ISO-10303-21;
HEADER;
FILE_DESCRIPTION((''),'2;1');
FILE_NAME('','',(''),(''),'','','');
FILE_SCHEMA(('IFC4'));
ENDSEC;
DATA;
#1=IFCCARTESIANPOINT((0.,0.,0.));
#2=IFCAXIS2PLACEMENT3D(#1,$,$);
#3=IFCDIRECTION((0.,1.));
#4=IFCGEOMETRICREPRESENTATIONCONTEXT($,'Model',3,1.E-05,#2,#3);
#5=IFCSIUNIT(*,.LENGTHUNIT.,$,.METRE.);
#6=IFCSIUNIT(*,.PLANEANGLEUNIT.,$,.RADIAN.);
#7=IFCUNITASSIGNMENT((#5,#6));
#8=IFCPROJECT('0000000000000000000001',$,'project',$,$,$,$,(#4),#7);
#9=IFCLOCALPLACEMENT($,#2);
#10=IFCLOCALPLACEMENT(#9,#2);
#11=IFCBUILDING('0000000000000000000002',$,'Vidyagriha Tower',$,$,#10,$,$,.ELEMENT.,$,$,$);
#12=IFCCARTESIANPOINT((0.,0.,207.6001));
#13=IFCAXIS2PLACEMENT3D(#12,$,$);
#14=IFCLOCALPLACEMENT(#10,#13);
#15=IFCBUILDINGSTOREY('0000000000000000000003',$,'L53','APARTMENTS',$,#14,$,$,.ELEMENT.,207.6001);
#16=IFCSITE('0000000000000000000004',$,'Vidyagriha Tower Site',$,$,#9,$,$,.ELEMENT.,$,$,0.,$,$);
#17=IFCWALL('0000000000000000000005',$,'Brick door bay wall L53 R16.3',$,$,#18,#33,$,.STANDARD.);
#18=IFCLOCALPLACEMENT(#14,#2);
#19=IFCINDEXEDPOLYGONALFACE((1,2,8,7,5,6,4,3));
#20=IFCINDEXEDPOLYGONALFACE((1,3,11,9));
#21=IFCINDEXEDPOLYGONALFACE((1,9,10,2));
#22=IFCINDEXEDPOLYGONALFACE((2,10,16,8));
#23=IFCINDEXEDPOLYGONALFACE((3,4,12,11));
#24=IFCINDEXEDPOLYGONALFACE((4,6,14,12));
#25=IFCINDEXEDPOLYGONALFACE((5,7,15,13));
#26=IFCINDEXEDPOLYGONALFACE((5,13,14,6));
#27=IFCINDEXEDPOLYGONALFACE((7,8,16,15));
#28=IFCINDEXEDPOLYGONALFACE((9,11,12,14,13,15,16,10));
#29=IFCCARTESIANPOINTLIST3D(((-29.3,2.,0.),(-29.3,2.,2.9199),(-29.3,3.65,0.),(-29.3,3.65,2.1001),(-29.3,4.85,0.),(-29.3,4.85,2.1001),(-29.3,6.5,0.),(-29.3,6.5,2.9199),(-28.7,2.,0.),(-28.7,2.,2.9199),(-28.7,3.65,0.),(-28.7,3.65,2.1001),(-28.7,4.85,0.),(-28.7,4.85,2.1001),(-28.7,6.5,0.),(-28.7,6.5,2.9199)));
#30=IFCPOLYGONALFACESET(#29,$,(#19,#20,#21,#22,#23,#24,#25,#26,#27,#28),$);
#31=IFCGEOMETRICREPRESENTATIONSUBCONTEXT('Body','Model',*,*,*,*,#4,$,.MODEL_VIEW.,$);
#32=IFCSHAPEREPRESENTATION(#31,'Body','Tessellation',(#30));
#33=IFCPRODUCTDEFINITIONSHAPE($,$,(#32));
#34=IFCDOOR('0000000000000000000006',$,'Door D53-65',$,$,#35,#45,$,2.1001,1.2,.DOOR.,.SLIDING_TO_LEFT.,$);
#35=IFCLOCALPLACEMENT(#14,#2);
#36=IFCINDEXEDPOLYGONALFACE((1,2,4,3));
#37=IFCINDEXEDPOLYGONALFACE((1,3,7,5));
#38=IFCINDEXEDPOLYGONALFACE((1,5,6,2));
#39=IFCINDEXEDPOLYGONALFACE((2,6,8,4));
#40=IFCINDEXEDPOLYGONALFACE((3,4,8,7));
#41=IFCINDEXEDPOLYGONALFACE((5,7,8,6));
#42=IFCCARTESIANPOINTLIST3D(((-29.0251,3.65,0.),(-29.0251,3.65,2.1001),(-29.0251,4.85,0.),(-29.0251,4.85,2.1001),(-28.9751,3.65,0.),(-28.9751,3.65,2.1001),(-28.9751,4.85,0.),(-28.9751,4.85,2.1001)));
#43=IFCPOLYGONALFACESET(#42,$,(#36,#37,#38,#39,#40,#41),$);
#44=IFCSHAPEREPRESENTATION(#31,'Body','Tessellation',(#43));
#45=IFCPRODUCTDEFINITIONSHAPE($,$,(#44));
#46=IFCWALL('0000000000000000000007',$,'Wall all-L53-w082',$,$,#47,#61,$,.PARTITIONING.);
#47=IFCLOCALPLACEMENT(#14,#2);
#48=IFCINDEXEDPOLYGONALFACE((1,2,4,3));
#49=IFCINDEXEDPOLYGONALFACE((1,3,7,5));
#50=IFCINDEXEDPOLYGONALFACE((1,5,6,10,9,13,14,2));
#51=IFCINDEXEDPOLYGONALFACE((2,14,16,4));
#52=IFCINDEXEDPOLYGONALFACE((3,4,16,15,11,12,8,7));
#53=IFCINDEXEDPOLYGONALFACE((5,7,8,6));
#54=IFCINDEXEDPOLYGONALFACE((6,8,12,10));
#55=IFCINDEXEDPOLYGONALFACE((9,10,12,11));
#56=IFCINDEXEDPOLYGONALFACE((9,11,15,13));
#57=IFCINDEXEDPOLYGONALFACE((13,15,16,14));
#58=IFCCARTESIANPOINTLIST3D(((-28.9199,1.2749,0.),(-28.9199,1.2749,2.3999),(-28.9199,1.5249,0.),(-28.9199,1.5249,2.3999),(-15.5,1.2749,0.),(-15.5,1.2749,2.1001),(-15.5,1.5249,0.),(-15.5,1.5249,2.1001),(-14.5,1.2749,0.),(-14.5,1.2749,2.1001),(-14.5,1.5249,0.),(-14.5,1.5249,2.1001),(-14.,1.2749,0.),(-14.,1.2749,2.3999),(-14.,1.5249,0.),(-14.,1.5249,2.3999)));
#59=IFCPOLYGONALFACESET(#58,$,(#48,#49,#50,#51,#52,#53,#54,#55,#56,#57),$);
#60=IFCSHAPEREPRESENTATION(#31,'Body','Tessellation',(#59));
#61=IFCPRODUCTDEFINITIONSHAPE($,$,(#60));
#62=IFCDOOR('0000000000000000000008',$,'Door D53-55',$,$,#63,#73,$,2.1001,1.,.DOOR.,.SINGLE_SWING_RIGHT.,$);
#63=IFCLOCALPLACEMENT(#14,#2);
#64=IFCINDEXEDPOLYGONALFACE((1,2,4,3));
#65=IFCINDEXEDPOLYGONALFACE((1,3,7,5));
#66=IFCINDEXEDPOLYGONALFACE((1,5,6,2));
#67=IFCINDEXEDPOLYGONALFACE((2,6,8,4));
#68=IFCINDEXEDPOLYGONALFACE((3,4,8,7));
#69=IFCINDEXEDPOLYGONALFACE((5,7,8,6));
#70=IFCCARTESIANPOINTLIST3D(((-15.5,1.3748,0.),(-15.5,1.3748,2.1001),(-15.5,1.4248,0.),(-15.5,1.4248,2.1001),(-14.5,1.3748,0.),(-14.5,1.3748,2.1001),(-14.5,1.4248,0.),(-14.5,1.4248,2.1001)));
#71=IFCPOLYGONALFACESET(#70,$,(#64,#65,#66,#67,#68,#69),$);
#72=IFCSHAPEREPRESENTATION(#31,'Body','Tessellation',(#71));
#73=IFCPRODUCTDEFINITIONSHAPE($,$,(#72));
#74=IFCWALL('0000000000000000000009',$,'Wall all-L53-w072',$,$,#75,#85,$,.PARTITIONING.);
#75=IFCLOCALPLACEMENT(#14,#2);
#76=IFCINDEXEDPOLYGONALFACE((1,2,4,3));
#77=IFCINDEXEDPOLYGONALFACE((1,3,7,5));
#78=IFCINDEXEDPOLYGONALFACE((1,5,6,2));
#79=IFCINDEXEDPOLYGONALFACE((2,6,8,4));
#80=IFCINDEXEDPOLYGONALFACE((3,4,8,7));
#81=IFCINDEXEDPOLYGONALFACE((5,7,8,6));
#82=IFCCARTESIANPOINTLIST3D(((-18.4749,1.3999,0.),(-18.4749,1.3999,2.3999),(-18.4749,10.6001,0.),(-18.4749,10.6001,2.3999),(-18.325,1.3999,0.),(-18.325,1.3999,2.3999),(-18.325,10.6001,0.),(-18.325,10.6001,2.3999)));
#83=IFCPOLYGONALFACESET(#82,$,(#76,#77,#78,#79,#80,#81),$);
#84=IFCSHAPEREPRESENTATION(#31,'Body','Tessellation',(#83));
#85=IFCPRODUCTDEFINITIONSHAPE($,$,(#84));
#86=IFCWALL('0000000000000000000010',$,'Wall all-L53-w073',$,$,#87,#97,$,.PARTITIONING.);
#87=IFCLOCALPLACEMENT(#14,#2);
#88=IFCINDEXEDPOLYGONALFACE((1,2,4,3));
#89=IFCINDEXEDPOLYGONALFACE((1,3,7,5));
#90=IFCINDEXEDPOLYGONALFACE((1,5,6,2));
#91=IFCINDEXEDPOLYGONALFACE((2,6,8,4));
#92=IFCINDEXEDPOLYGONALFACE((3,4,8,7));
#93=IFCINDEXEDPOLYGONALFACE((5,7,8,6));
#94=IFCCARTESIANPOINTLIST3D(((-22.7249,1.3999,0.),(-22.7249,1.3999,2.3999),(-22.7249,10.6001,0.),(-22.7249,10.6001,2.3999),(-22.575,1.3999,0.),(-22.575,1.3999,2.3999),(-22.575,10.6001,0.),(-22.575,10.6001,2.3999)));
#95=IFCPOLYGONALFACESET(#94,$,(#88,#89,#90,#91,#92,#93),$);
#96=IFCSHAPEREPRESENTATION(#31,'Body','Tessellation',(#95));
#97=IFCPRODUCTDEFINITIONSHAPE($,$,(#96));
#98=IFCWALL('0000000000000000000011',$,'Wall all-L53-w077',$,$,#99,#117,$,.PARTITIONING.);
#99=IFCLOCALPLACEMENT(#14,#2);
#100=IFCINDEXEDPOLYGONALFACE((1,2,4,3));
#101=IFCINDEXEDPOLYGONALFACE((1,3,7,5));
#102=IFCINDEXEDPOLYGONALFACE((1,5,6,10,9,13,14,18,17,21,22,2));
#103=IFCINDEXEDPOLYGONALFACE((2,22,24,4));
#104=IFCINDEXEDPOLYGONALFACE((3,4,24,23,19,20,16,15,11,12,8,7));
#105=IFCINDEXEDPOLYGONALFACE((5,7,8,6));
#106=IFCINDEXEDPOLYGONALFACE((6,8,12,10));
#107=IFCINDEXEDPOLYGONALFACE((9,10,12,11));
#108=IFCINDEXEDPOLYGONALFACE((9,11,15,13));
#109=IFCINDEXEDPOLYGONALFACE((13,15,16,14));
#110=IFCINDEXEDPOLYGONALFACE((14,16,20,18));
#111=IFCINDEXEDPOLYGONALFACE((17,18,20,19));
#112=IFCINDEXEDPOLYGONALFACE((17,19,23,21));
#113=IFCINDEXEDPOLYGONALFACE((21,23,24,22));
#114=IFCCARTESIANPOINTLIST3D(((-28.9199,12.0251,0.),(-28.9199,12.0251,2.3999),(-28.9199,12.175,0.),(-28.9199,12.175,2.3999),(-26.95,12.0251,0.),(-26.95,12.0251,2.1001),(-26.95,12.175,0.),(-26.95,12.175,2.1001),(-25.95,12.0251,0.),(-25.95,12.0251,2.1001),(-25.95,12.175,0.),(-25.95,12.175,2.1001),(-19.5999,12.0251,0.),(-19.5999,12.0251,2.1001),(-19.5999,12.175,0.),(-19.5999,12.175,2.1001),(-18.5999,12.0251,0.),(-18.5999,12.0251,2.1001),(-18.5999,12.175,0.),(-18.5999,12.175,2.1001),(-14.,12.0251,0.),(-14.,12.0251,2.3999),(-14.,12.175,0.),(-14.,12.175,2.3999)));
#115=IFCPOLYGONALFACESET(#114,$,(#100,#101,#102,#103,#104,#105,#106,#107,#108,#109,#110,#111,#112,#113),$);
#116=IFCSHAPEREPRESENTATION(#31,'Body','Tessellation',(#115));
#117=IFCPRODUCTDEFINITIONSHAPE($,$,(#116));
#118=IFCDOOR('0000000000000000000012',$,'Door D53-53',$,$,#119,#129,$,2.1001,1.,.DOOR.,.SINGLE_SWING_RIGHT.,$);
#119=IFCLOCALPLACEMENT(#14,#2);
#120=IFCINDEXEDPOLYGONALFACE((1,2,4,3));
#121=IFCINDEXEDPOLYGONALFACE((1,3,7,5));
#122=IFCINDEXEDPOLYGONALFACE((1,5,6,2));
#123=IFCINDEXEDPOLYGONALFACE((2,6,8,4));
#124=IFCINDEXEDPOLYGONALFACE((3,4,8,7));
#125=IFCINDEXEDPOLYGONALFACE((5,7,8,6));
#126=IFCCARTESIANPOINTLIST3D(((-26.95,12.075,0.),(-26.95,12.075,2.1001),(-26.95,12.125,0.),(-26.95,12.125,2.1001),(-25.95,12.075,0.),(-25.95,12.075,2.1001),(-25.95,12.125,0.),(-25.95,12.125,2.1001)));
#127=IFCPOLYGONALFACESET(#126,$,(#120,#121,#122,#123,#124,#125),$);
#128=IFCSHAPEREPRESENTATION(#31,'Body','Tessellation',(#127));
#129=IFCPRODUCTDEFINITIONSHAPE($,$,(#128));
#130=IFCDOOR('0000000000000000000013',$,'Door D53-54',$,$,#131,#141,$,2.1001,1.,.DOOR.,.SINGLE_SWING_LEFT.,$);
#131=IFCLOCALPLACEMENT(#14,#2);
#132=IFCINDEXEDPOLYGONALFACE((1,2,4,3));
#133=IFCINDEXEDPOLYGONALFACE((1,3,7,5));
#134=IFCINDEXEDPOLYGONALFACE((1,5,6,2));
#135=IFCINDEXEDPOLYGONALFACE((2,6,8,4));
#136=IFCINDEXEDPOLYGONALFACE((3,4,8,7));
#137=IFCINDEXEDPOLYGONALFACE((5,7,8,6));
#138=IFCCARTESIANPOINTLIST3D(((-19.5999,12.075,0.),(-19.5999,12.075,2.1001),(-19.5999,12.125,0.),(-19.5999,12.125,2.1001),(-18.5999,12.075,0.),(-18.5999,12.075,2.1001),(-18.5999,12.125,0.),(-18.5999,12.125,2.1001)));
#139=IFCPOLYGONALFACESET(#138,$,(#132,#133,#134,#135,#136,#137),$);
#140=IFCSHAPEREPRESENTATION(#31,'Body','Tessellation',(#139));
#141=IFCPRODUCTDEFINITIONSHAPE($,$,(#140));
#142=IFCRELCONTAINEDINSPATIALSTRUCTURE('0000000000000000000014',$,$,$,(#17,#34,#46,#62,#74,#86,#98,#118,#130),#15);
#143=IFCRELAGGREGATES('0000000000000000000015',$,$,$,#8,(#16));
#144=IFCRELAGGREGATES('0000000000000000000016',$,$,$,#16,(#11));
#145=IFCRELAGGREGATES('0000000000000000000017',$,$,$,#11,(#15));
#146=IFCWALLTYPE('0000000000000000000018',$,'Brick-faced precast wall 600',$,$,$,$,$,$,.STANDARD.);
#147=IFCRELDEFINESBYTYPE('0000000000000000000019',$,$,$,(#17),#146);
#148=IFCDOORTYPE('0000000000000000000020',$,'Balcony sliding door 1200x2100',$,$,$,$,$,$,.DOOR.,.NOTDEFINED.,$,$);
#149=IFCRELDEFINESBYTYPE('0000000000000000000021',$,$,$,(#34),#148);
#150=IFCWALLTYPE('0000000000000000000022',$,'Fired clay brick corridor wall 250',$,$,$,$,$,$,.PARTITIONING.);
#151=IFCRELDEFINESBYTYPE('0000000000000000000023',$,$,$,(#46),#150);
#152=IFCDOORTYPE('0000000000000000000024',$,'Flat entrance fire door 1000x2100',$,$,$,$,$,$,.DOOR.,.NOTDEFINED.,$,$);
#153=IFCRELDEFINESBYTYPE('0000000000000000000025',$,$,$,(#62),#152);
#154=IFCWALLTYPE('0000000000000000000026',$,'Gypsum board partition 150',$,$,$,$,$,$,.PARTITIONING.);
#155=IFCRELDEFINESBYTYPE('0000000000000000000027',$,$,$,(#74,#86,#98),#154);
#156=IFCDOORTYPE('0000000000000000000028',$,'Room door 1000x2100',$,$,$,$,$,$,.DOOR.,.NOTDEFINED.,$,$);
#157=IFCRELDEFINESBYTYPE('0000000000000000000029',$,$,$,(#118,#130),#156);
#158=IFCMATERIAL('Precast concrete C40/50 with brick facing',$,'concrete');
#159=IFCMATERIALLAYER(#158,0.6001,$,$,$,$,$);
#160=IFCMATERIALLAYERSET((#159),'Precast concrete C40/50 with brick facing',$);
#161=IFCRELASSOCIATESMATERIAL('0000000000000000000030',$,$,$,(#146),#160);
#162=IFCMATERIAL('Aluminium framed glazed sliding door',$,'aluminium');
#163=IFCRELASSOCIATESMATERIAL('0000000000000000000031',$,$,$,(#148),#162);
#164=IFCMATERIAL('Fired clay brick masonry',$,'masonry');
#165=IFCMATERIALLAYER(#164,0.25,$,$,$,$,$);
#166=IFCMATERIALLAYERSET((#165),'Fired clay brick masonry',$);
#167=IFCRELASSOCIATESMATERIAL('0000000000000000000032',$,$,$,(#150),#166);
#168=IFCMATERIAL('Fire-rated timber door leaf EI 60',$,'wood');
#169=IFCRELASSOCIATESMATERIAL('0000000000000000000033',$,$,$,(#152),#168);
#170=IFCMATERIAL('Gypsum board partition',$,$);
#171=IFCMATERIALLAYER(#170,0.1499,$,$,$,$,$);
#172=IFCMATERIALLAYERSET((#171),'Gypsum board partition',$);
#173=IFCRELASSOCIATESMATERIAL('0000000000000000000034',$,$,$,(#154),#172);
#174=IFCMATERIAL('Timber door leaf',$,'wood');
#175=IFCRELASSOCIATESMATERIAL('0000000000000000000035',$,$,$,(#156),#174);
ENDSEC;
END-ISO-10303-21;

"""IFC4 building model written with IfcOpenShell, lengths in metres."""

from ifc_helpers import new_model, si_unit, direction, frame, frame_2d, origin, place, context, subcontext, project, spatial, rectangle, extrude, material, layer, layer_set, type_object, element, fill, save


model = new_model("IFC4")

# Units and contexts
model_context = context("Model", 3, precision=1e-05, world=origin(), true_north=direction((0.0, 1.0)))
body_context = subcontext(model_context, "Body", "Model", "MODEL_VIEW")
ifc_project = project(units=[si_unit("LENGTHUNIT", "METRE"), si_unit("PLANEANGLEUNIT", "RADIAN")], contexts=[model_context])

# Site, building, storey
site_placement = place(None, origin())
site = spatial("IfcSite", under=ifc_project, at=site_placement, Name="Vidyagriha Tower Site", CompositionType="ELEMENT", RefElevation=0.0)
building_placement = place(site_placement, origin())
building = spatial("IfcBuilding", under=site, at=building_placement, Name="Vidyagriha Tower", CompositionType="ELEMENT")
storey_placement = place(building_placement, frame((0.0, 0.0, 207.6001)))
storey = spatial("IfcBuildingStorey", under=building, at=storey_placement, Name="L53", Description="APARTMENTS", CompositionType="ELEMENT", Elevation=207.6001)

# Walls, openings, doors
ifc_material_1 = material(Name="Precast concrete C40/50 with brick facing", Category="concrete")
ifc_layer_1 = layer(ifc_material_1, 0.6001)
ifc_layer_set_1 = layer_set([ifc_layer_1], Name="Precast concrete C40/50 with brick facing")
wall_type_1 = type_object("IfcWallType", Name="Brick-faced precast wall 600", PredefinedType="STANDARD", material=ifc_layer_set_1)
wall_1_placement = place(storey_placement, frame((-29.0, 6.5, 0.0), z_axis=(0.0, 0.0, 1.0), x_axis=(0.0, -1.0, 0.0)))
wall_1 = element("IfcWall", 1, at=wall_1_placement, inside=storey, type_object=wall_type_1, Name="Brick door bay wall L53 R16.3", PredefinedType="STANDARD", context=body_context, shape_type="SweptSolid", body=[
    extrude(rectangle(XDim=4.5, YDim=0.6001, at=frame_2d((2.25, 0.0))), origin(), (0.0, 0.0, 1.0), 2.9199),
])
opening_1_placement = place(wall_1_placement, frame((1.6499, 0.0, 0.0)))
opening_1 = element("IfcOpeningElement", 2, at=opening_1_placement, cuts=wall_1, PredefinedType="OPENING", context=body_context, shape_type="SweptSolid", body=[
    extrude(rectangle(XDim=1.2, YDim=2.1001, at=frame_2d((0.6001, 1.05))), frame((0.0, 0.3101, 0.0), z_axis=(0.0, -1.0, 0.0), x_axis=(1.0, 0.0, 0.0)), (0.0, 0.0, 1.0), 0.6201),
])
ifc_material_2 = material(Name="Aluminium framed glazed sliding door", Category="aluminium")
door_type_1 = type_object("IfcDoorType", Name="Balcony sliding door 1200x2100", OperationType="NOTDEFINED", PredefinedType="DOOR", material=ifc_material_2)
door_1_placement = place(opening_1_placement, origin())
door_1 = element("IfcDoor", 3, at=door_1_placement, inside=storey, type_object=door_type_1, Name="Door D53-65", OperationType="SLIDING_TO_LEFT", OverallHeight=2.1001, OverallWidth=1.2, PredefinedType="DOOR", context=body_context, shape_type="SweptSolid", body=[
    extrude(rectangle(XDim=1.2, YDim=2.1001, at=frame_2d((0.6001, 1.05))), frame((0.0, 0.0249, 0.0), z_axis=(0.0, -1.0, 0.0), x_axis=(1.0, 0.0, 0.0)), (0.0, 0.0, 1.0), 0.05),
])
fill(opening_1, door_1)
ifc_material_3 = material(Name="Fired clay brick masonry", Category="masonry")
ifc_layer_2 = layer(ifc_material_3, 0.25)
ifc_layer_set_2 = layer_set([ifc_layer_2], Name="Fired clay brick masonry")
wall_type_2 = type_object("IfcWallType", Name="Fired clay brick corridor wall 250", PredefinedType="PARTITIONING", material=ifc_layer_set_2)
wall_2_placement = place(storey_placement, frame((-28.9199, 1.3999, 0.0)))
wall_2 = element("IfcWall", 4, at=wall_2_placement, inside=storey, type_object=wall_type_2, Name="Wall all-L53-w082", PredefinedType="PARTITIONING", context=body_context, shape_type="SweptSolid", body=[
    extrude(rectangle(XDim=14.9199, YDim=0.25, at=frame_2d((7.46, 0.0))), origin(), (0.0, 0.0, 1.0), 2.3999),
])
opening_2_placement = place(wall_2_placement, frame((13.4199, 0.0, 0.0)))
opening_2 = element("IfcOpeningElement", 5, at=opening_2_placement, cuts=wall_2, PredefinedType="OPENING", context=body_context, shape_type="SweptSolid", body=[
    extrude(rectangle(XDim=1.0, YDim=2.1001, at=frame_2d((0.5, 1.05))), frame((0.0, 0.135, 0.0), z_axis=(0.0, -1.0, 0.0), x_axis=(1.0, 0.0, 0.0)), (0.0, 0.0, 1.0), 0.27),
])
ifc_material_4 = material(Name="Fire-rated timber door leaf EI 60", Category="wood")
door_type_2 = type_object("IfcDoorType", Name="Flat entrance fire door 1000x2100", OperationType="NOTDEFINED", PredefinedType="DOOR", material=ifc_material_4)
door_2_placement = place(opening_2_placement, origin())
door_2 = element("IfcDoor", 6, at=door_2_placement, inside=storey, type_object=door_type_2, Name="Door D53-55", OperationType="SINGLE_SWING_RIGHT", OverallHeight=2.1001, OverallWidth=1.0, PredefinedType="DOOR", context=body_context, shape_type="SweptSolid", body=[
    extrude(rectangle(XDim=1.0, YDim=2.1001, at=frame_2d((0.5, 1.05))), frame((0.0, 0.0249, 0.0), z_axis=(0.0, -1.0, 0.0), x_axis=(1.0, 0.0, 0.0)), (0.0, 0.0, 1.0), 0.05),
])
fill(opening_2, door_2)

# Walls
ifc_material_5 = material(Name="Gypsum board partition")
ifc_layer_3 = layer(ifc_material_5, 0.1499)
ifc_layer_set_3 = layer_set([ifc_layer_3], Name="Gypsum board partition")
wall_type_3 = type_object("IfcWallType", Name="Gypsum board partition 150", PredefinedType="PARTITIONING", material=ifc_layer_set_3)
for number, where, z_axis, x_axis, name in (
    (7, (-18.3999, 1.3999, 0.0), (0.0, 0.0, 1.0), (0.0, 1.0, 0.0), "Wall all-L53-w072"),
    (8, (-22.6499, 1.3999, 0.0), (0.0, 0.0, 1.0), (0.0, 1.0, 0.0), "Wall all-L53-w073"),
):
    element("IfcWall", number, at=place(storey_placement, frame(where, z_axis=z_axis, x_axis=x_axis)), inside=storey, type_object=wall_type_3, Name=name, PredefinedType="PARTITIONING", context=body_context, shape_type="SweptSolid", body=[
        extrude(rectangle(XDim=9.2002, YDim=0.1499, at=frame_2d((4.6001, 0.0))), origin(), (0.0, 0.0, 1.0), 2.3999),
    ])

# Wall, openings, doors
wall_3_placement = place(storey_placement, frame((-28.9199, 12.1001, 0.0)))
wall_3 = element("IfcWall", 9, at=wall_3_placement, inside=storey, type_object=wall_type_3, Name="Wall all-L53-w077", PredefinedType="PARTITIONING", context=body_context, shape_type="SweptSolid", body=[
    extrude(rectangle(XDim=14.9199, YDim=0.1499, at=frame_2d((7.46, 0.0))), origin(), (0.0, 0.0, 1.0), 2.3999),
])
opening_3_placement = place(wall_3_placement, frame((1.97, 0.0, 0.0)))
opening_3 = element("IfcOpeningElement", 10, at=opening_3_placement, cuts=wall_3, PredefinedType="OPENING", context=body_context, shape_type="SweptSolid", body=[
    extrude(rectangle(XDim=1.0, YDim=2.1001, at=frame_2d((0.5, 1.05))), frame((0.0, 0.085, 0.0), z_axis=(0.0, -1.0, 0.0), x_axis=(1.0, 0.0, 0.0)), (0.0, 0.0, 1.0), 0.1699),
])
opening_4_placement = place(wall_3_placement, frame((9.3201, 0.0, 0.0)))
opening_4 = element("IfcOpeningElement", 11, at=opening_4_placement, cuts=wall_3, PredefinedType="OPENING", context=body_context, shape_type="SweptSolid", body=[
    extrude(rectangle(XDim=1.0, YDim=2.1001, at=frame_2d((0.5, 1.05))), frame((0.0, 0.085, 0.0), z_axis=(0.0, -1.0, 0.0), x_axis=(1.0, 0.0, 0.0)), (0.0, 0.0, 1.0), 0.1699),
])
ifc_material_6 = material(Name="Timber door leaf", Category="wood")
door_type_3 = type_object("IfcDoorType", Name="Room door 1000x2100", OperationType="NOTDEFINED", PredefinedType="DOOR", material=ifc_material_6)
door_3_placement = place(opening_3_placement, origin())
door_3 = element("IfcDoor", 12, at=door_3_placement, inside=storey, type_object=door_type_3, Name="Door D53-53", OperationType="SINGLE_SWING_RIGHT", OverallHeight=2.1001, OverallWidth=1.0, PredefinedType="DOOR", context=body_context, shape_type="SweptSolid", body=[
    extrude(rectangle(XDim=1.0, YDim=2.1001, at=frame_2d((0.5, 1.05))), frame((0.0, 0.0249, 0.0), z_axis=(0.0, -1.0, 0.0), x_axis=(1.0, 0.0, 0.0)), (0.0, 0.0, 1.0), 0.05),
])
fill(opening_3, door_3)
door_4_placement = place(opening_4_placement, origin())
door_4 = element("IfcDoor", 13, at=door_4_placement, inside=storey, type_object=door_type_3, Name="Door D53-54", OperationType="SINGLE_SWING_LEFT", OverallHeight=2.1001, OverallWidth=1.0, PredefinedType="DOOR", context=body_context, shape_type="SweptSolid", body=[
    extrude(rectangle(XDim=1.0, YDim=2.1001, at=frame_2d((0.5, 1.05))), frame((0.0, 0.0249, 0.0), z_axis=(0.0, -1.0, 0.0), x_axis=(1.0, 0.0, 0.0)), (0.0, 0.0, 1.0), 0.05),
])
fill(opening_4, door_4)

save(model, "model.ifc")
